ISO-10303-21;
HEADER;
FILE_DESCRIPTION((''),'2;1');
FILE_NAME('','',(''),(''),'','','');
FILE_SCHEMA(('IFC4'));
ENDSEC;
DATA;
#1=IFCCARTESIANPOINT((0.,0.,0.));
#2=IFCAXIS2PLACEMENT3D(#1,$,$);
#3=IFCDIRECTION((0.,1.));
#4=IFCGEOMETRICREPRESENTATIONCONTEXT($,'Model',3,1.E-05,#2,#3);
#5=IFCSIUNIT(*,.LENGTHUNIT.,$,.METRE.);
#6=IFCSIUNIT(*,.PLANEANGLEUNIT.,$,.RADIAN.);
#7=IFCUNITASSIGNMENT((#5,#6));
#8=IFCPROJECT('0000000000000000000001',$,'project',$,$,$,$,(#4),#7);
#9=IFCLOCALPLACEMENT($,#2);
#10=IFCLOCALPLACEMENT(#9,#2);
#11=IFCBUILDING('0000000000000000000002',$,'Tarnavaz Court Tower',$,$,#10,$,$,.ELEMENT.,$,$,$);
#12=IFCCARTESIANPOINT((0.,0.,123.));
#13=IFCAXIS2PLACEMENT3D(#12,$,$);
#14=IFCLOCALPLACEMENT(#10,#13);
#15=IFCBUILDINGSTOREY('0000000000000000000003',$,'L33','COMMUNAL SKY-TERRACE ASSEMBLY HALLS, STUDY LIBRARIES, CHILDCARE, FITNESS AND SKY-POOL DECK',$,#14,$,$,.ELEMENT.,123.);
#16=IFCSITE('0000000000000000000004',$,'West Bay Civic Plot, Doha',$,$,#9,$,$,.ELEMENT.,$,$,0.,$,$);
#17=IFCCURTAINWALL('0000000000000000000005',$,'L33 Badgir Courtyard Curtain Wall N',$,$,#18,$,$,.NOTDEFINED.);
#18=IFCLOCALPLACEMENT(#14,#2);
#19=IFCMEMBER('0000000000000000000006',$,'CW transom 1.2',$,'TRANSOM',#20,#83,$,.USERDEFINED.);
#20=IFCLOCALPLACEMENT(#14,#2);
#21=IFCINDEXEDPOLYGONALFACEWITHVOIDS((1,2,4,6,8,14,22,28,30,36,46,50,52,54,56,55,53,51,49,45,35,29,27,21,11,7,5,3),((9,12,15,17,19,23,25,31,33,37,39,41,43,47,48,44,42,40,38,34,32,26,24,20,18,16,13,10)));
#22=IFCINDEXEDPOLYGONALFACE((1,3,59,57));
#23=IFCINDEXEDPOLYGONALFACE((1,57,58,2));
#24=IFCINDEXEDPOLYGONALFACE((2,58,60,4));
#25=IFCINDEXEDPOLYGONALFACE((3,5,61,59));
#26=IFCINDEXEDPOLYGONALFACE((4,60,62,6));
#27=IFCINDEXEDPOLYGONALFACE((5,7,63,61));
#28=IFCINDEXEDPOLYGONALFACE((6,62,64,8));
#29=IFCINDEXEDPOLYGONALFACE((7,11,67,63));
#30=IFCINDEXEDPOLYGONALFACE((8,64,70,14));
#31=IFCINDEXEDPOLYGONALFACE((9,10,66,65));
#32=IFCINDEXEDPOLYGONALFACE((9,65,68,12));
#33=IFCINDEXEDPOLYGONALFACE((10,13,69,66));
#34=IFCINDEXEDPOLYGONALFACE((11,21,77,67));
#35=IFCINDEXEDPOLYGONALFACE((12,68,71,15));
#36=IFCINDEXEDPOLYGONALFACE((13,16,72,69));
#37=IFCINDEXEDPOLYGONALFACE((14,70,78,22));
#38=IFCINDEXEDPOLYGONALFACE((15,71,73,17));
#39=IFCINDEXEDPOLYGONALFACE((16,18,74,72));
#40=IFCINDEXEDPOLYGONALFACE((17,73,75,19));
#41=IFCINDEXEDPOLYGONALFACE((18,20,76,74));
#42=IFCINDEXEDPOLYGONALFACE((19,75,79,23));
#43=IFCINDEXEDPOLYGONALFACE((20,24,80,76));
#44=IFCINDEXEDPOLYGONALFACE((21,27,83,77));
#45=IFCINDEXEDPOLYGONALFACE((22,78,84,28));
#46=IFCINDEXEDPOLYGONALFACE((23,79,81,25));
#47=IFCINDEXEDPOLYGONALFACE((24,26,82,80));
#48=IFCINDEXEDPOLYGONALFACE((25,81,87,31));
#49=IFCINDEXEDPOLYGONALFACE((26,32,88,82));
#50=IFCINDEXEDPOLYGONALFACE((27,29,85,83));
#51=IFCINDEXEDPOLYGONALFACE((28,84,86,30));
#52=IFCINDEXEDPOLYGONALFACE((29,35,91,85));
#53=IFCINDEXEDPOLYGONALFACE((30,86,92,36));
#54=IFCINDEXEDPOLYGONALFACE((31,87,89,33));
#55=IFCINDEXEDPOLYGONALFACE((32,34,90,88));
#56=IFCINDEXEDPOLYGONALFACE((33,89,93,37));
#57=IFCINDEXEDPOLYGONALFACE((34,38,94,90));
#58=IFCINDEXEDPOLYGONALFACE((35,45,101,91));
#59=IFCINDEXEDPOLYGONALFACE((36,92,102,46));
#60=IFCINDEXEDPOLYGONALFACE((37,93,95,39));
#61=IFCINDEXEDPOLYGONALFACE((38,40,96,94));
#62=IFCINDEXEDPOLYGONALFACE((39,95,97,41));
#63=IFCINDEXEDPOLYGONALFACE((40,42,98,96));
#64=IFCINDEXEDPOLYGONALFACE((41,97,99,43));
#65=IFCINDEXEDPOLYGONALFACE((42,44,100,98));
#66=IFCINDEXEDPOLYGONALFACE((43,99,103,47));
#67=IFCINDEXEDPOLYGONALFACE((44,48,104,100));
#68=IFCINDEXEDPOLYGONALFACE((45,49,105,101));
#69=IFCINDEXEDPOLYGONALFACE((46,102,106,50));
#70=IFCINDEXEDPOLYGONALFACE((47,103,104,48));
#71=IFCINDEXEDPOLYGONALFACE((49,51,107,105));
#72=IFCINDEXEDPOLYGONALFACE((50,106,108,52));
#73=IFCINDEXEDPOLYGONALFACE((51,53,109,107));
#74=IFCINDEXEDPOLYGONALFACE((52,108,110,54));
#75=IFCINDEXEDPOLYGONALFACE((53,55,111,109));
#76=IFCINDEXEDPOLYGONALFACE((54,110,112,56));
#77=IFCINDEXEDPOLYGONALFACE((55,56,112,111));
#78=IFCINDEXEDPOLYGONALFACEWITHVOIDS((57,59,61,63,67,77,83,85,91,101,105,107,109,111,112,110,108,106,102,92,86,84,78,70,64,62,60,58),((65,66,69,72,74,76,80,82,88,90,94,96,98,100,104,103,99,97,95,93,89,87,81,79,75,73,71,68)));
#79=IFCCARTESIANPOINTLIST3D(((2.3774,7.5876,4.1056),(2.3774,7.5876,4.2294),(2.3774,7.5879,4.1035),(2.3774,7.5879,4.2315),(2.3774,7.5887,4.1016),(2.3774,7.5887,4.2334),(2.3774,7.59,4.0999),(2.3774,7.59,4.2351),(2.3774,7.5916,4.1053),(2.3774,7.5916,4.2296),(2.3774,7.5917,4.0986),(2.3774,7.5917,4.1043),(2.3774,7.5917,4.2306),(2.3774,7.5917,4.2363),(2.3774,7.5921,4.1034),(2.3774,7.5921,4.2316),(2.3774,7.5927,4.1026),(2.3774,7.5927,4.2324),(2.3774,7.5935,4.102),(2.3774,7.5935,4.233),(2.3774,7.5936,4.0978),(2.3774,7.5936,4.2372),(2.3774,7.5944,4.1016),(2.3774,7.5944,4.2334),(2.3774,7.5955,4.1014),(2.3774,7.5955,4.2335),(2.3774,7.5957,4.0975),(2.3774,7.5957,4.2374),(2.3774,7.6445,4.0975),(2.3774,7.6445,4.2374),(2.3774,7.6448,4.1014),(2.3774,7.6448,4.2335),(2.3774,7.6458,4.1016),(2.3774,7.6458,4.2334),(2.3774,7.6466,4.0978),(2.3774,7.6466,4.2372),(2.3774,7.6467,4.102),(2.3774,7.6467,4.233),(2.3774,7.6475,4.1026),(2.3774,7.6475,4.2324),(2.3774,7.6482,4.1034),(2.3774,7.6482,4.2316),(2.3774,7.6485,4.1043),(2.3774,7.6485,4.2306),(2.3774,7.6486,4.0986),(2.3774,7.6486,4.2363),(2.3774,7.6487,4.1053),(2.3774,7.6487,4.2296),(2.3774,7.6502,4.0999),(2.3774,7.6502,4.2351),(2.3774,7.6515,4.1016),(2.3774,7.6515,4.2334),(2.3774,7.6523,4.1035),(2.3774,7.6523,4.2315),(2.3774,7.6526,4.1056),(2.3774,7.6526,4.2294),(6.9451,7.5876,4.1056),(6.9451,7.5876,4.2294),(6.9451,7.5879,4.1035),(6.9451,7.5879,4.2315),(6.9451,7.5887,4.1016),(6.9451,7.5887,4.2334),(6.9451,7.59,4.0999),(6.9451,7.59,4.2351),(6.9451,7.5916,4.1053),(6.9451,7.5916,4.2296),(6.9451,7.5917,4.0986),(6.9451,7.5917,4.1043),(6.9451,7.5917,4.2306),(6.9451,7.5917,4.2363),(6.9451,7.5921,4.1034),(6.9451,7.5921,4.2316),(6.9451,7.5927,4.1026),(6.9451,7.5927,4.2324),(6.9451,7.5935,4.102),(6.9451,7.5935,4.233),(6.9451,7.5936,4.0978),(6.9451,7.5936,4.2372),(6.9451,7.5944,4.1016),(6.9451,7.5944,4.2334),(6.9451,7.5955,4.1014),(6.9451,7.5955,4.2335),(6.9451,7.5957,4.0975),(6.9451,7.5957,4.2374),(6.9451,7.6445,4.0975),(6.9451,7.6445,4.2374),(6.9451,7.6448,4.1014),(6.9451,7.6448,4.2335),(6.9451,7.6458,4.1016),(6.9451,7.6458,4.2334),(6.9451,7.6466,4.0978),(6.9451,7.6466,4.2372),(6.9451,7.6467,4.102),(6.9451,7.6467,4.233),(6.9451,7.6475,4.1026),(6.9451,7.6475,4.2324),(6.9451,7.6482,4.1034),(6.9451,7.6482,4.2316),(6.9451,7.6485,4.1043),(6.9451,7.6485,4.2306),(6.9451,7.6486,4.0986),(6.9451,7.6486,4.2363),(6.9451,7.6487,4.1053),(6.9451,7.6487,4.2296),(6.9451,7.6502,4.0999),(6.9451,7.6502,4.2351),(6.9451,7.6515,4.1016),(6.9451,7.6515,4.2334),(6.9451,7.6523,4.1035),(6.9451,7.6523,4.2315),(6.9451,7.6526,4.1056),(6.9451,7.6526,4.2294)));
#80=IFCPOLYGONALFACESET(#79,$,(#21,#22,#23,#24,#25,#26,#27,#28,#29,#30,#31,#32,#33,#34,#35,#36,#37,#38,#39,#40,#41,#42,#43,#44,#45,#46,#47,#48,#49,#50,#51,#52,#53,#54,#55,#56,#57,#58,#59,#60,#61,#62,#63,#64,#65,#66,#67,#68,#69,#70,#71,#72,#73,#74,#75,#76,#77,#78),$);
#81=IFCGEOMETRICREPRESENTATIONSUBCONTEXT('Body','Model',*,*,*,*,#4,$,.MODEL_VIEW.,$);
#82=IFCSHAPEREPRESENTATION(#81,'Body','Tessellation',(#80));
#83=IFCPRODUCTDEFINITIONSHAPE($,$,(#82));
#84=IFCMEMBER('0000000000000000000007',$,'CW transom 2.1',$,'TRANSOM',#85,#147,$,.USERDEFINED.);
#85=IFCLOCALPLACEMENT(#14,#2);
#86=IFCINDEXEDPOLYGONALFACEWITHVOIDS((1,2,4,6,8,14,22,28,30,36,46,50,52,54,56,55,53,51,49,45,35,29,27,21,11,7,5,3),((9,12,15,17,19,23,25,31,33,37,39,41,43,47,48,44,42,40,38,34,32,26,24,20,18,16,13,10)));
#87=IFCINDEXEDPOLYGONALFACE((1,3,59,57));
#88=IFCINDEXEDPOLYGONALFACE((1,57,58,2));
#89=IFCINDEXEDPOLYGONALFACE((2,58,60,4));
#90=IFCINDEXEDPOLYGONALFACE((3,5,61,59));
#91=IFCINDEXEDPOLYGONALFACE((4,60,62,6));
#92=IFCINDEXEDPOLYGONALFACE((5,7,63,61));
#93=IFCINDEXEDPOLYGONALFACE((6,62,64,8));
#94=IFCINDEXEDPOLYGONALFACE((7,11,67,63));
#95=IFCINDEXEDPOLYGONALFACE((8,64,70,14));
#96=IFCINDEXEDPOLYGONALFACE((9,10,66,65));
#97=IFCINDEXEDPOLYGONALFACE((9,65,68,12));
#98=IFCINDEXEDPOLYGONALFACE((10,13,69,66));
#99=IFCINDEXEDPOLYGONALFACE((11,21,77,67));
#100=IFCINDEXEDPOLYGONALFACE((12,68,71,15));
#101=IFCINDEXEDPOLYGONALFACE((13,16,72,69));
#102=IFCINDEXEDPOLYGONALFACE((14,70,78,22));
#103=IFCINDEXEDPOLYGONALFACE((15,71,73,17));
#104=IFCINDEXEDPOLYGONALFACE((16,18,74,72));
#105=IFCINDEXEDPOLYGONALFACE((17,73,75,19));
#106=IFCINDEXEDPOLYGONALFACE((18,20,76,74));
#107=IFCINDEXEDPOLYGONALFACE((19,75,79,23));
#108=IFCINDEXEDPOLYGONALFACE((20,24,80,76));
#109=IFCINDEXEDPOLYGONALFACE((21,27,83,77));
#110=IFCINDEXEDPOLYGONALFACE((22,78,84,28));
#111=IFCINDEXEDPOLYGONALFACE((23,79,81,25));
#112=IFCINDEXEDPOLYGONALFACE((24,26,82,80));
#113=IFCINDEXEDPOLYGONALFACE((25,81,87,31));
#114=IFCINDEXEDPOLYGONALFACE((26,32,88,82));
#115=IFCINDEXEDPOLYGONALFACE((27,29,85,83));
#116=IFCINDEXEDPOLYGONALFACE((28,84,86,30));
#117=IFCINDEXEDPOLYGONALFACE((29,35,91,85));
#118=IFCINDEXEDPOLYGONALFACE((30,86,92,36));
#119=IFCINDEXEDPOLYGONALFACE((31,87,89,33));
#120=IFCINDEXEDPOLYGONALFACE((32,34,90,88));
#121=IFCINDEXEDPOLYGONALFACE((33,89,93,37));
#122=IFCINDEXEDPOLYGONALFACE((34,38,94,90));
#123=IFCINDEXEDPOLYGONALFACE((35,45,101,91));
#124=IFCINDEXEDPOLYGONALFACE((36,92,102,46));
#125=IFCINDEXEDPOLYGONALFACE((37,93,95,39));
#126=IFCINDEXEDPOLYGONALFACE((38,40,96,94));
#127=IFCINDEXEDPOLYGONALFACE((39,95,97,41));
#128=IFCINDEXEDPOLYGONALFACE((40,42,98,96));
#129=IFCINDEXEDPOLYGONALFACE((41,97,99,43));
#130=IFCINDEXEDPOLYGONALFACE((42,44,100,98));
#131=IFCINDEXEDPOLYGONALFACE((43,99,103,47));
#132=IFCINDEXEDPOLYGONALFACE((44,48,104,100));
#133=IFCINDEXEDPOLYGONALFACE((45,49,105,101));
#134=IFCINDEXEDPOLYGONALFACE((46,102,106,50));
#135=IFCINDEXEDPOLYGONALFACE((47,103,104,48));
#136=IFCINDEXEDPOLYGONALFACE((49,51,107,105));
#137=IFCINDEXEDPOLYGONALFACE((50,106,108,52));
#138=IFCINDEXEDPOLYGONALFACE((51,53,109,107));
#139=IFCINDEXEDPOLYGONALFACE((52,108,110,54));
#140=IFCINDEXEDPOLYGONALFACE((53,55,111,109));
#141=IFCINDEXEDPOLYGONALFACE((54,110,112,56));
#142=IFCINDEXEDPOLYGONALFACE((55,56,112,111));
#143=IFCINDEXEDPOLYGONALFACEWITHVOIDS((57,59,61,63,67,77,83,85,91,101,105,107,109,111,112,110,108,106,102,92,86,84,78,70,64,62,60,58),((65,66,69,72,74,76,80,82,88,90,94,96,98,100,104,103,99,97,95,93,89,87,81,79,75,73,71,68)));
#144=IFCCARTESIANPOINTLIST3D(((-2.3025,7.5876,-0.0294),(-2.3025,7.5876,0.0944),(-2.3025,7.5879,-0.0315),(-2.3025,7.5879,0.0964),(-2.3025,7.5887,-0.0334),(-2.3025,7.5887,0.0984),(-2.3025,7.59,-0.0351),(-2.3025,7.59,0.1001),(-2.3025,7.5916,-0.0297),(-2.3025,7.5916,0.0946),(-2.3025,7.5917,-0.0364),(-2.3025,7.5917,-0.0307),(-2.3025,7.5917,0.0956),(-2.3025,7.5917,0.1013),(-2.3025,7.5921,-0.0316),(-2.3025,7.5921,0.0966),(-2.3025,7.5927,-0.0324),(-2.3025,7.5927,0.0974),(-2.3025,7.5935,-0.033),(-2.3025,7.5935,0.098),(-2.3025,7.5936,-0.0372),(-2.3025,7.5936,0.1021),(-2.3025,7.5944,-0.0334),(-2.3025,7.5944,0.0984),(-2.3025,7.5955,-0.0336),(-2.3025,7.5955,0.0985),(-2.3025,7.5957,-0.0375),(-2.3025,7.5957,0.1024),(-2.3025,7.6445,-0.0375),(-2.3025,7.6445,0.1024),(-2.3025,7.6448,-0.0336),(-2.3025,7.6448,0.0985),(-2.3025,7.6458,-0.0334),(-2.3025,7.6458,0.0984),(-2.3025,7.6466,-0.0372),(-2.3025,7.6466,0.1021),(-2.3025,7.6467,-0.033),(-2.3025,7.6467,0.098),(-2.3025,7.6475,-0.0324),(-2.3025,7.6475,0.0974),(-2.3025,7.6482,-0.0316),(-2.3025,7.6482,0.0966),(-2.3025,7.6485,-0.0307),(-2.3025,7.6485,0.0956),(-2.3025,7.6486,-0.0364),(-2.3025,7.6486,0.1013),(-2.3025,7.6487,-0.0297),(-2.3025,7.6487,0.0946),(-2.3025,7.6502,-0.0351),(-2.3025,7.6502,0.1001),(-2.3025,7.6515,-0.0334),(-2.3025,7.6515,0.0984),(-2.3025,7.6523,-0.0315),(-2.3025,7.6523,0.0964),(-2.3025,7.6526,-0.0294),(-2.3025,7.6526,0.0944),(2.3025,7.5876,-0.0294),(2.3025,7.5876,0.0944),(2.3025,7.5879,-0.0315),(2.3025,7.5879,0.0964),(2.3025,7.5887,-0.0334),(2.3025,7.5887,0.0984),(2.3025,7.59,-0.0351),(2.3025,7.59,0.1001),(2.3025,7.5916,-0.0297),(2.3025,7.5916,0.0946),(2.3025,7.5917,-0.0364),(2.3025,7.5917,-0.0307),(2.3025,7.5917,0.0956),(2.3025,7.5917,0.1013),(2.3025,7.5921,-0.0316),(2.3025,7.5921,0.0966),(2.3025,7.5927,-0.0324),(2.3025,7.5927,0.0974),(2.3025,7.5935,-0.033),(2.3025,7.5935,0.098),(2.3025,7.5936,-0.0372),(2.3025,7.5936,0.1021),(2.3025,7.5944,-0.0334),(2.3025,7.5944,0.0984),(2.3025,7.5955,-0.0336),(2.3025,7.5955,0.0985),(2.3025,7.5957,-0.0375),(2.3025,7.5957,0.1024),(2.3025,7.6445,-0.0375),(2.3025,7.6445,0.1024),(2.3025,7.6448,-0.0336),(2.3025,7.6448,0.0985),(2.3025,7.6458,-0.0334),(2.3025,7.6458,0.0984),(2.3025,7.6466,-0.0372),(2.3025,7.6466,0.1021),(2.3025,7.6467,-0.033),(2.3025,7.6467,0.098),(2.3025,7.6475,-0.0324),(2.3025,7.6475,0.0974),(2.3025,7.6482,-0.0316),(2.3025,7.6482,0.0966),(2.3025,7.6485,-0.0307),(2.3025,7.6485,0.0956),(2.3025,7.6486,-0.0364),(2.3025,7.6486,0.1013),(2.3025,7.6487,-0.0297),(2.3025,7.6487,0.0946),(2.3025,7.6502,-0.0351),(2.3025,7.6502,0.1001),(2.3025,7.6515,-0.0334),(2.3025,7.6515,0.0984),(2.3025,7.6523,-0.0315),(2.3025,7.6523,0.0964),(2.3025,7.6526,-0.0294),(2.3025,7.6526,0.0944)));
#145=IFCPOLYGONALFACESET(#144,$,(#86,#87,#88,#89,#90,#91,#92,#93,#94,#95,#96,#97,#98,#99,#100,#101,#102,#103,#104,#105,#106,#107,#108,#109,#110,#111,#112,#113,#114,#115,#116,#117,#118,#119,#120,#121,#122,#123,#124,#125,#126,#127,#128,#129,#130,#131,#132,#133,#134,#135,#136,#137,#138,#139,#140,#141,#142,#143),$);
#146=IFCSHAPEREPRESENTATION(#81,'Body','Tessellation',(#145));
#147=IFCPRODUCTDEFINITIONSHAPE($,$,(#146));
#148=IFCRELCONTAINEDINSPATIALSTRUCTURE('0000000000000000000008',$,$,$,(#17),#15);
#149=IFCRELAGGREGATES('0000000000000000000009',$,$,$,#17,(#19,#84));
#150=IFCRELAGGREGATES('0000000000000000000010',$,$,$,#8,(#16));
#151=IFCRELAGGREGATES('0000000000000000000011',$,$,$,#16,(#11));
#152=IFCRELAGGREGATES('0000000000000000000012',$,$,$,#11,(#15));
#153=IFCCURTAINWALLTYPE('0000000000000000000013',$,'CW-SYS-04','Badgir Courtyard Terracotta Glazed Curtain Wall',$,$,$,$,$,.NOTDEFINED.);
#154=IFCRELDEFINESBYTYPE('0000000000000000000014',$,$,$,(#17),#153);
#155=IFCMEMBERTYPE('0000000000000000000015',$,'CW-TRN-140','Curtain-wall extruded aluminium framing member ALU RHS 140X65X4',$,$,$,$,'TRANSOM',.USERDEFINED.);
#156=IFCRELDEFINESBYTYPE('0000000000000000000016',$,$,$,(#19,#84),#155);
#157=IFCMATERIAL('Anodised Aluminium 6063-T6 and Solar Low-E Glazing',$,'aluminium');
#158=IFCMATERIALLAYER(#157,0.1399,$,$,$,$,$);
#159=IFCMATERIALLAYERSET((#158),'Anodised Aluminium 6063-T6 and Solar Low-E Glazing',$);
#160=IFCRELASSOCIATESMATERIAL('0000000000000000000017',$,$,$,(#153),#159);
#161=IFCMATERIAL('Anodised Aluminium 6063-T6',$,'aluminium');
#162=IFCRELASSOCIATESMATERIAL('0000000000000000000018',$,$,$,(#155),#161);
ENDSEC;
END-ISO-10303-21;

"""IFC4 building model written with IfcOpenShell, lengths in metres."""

from ifc_helpers import new_model, si_unit, direction, frame, origin, origin_2d, place, context, subcontext, project, spatial, hollow_rectangle, extrude, material, layer, layer_set, material_profile, profile_set, type_object, element, aggregate, save


model = new_model("IFC4")

# Units and contexts
model_context = context("Model", 3, precision=1e-05, world=origin(), true_north=direction((0.0, 1.0)))
body_context = subcontext(model_context, "Body", "Model", "MODEL_VIEW")
ifc_project = project(units=[si_unit("LENGTHUNIT", "METRE"), si_unit("PLANEANGLEUNIT", "RADIAN")], contexts=[model_context])

# Site, building, storey
site_placement = place(None, origin())
site = spatial("IfcSite", under=ifc_project, at=site_placement, Name="West Bay Civic Plot, Doha", CompositionType="ELEMENT", RefElevation=0.0)
building_placement = place(site_placement, origin())
building = spatial("IfcBuilding", under=site, at=building_placement, Name="Tarnavaz Court Tower", CompositionType="ELEMENT")
storey_placement = place(building_placement, frame((0.0, 0.0, 123.0)))
storey = spatial("IfcBuildingStorey", under=building, at=storey_placement, Name="L33", Description="COMMUNAL SKY-TERRACE ASSEMBLY HALLS, STUDY LIBRARIES, CHILDCARE, FITNESS AND SKY-POOL DECK", CompositionType="ELEMENT", Elevation=123.0)

# Curtain wall, members
ifc_material_1 = material(Name="Anodised Aluminium 6063-T6 and Solar Low-E Glazing", Category="aluminium")
ifc_layer_1 = layer(ifc_material_1, 0.1399)
ifc_layer_set_1 = layer_set([ifc_layer_1], Name="Anodised Aluminium 6063-T6 and Solar Low-E Glazing")
curtain_wall_type = type_object("IfcCurtainWallType", Name="CW-SYS-04", Description="Badgir Courtyard Terracotta Glazed Curtain Wall", PredefinedType="NOTDEFINED", material=ifc_layer_set_1)
curtain_wall_placement = place(storey_placement, origin())
curtain_wall = element("IfcCurtainWall", 1, at=curtain_wall_placement, inside=storey, type_object=curtain_wall_type, Name="L33 Badgir Courtyard Curtain Wall N", PredefinedType="NOTDEFINED")
ifc_material_2 = material(Name="Anodised Aluminium 6063-T6", Category="aluminium")
ifc_material_profile_1 = material_profile(ifc_material_2, hollow_rectangle(XDim=0.0649, YDim=0.1399, WallThickness=0.0039, InnerFilletRadius=0.0039, OuterFilletRadius=0.0081, at=origin_2d()), Name="ALU RHS 140X65X4")
ifc_profile_set_1 = profile_set([ifc_material_profile_1], Name="Anodised Aluminium 6063-T6")
member_type_1 = type_object("IfcMemberType", Name="CW-TRN-140", Description="Curtain-wall extruded aluminium framing member ALU RHS 140X65X4", ElementType="TRANSOM", PredefinedType="USERDEFINED", material=ifc_profile_set_1)
member_1_placement = place(storey_placement, frame((6.9451, 7.6201, 4.1675), z_axis=(-1.0, 0.0, 0.0), x_axis=(0.0, -1.0, 0.0)))
member_1 = element("IfcMember", 2, at=member_1_placement, type_object=member_type_1, Name="CW transom 1.2", ObjectType="TRANSOM", PredefinedType="USERDEFINED", context=body_context, shape_type="SweptSolid", body=[
    extrude(hollow_rectangle(XDim=0.0649, YDim=0.1399, WallThickness=0.0039, InnerFilletRadius=0.0039, OuterFilletRadius=0.0081, at=origin_2d()), origin(), (0.0, 0.0, 1.0), 4.5676),
])
member_2_placement = place(storey_placement, frame((2.3025, 7.6201, 0.0325), z_axis=(-1.0, 0.0, 0.0), x_axis=(0.0, -1.0, 0.0)))
member_2 = element("IfcMember", 3, at=member_2_placement, type_object=member_type_1, Name="CW transom 2.1", ObjectType="TRANSOM", PredefinedType="USERDEFINED", context=body_context, shape_type="SweptSolid", body=[
    extrude(hollow_rectangle(XDim=0.0649, YDim=0.1399, WallThickness=0.0039, InnerFilletRadius=0.0039, OuterFilletRadius=0.0081, at=origin_2d()), origin(), (0.0, 0.0, 1.0), 4.605),
])
aggregate(curtain_wall, [member_1, member_2])

save(model, "model.ifc")
